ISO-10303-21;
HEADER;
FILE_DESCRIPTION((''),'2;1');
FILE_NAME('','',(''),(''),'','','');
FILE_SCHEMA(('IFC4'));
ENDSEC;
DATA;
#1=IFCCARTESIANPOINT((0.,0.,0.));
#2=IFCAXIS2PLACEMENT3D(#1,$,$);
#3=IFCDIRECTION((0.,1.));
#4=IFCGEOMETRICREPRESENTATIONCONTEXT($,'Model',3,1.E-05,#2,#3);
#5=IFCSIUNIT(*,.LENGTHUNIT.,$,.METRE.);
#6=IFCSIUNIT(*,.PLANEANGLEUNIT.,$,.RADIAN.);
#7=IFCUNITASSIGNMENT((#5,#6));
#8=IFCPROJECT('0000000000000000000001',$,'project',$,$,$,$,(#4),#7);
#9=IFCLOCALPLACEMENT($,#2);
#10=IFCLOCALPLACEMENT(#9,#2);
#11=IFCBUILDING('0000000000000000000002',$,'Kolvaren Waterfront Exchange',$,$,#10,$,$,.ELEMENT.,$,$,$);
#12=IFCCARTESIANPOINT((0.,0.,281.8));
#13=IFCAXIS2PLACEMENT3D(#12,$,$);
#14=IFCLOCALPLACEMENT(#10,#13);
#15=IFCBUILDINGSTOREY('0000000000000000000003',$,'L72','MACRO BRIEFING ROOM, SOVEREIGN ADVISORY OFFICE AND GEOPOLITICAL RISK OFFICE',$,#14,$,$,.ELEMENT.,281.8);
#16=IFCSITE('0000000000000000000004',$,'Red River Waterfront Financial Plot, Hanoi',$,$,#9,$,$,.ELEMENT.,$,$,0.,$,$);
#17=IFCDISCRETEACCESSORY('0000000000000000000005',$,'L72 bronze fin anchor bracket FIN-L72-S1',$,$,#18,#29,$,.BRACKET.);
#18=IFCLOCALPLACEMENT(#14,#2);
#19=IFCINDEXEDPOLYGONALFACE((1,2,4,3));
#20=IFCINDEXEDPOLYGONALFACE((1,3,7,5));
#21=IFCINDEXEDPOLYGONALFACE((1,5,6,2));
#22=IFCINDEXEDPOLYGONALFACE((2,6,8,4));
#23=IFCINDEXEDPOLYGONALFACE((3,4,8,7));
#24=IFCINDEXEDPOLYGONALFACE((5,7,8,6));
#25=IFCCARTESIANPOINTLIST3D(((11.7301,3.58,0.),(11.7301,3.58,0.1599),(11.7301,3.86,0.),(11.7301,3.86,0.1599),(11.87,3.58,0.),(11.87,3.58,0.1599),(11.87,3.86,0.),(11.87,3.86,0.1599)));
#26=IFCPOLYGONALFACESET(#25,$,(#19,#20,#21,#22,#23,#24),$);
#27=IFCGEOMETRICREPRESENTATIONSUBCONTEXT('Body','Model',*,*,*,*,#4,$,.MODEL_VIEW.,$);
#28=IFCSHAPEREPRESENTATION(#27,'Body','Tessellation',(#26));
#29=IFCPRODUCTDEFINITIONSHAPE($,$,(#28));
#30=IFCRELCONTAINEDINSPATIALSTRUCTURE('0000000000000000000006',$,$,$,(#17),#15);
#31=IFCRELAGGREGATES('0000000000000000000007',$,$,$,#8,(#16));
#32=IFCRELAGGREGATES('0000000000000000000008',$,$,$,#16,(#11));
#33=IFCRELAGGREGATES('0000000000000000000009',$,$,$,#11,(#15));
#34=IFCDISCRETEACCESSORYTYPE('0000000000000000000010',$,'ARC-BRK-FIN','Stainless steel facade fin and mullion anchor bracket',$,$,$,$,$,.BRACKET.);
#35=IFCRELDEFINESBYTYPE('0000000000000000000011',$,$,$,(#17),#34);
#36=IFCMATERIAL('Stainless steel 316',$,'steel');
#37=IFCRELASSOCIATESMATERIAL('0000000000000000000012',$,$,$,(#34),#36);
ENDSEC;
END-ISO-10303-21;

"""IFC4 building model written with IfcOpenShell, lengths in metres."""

from ifc_helpers import new_model, si_unit, direction, frame, origin, origin_with_axes, origin_2d, place, context, subcontext, project, spatial, rectangle, extrude, source, transform, mapped, material, type_object, element, save


model = new_model("IFC4")

# Units and contexts
model_context = context("Model", 3, precision=1e-05, world=origin(), true_north=direction((0.0, 1.0)))
body_context = subcontext(model_context, "Body", "Model", "MODEL_VIEW")
ifc_project = project(units=[si_unit("LENGTHUNIT", "METRE"), si_unit("PLANEANGLEUNIT", "RADIAN")], contexts=[model_context])

# Site, building, storey
site_placement = place(None, origin())
site = spatial("IfcSite", under=ifc_project, at=site_placement, Name="Red River Waterfront Financial Plot, Hanoi", CompositionType="ELEMENT", RefElevation=0.0)
building_placement = place(site_placement, origin())
building = spatial("IfcBuilding", under=site, at=building_placement, Name="Kolvaren Waterfront Exchange", CompositionType="ELEMENT")
storey_placement = place(building_placement, frame((0.0, 0.0, 281.8)))
storey = spatial("IfcBuildingStorey", under=building, at=storey_placement, Name="L72", Description="MACRO BRIEFING ROOM, SOVEREIGN ADVISORY OFFICE AND GEOPOLITICAL RISK OFFICE", CompositionType="ELEMENT", Elevation=281.8)

# Discrete accessory
ifc_material_1 = material(Name="Stainless steel 316", Category="steel")
discrete_accessory_type = type_object("IfcDiscreteAccessoryType", Name="ARC-BRK-FIN", Description="Stainless steel facade fin and mullion anchor bracket", PredefinedType="BRACKET", material=ifc_material_1)
shared_shape_1 = source(origin_with_axes(), body_context, "Body", "SweptSolid", [
    extrude(rectangle(XDim=0.28, YDim=0.1399, at=origin_2d()), origin(), (0.0, 0.0, 1.0), 0.1599),
])
discrete_accessory_placement = place(storey_placement, frame((11.8, 3.72, 0.0), z_axis=(0.0, 0.0, 1.0), x_axis=(0.0, -1.0, 0.0)))
element("IfcDiscreteAccessory", 1, at=discrete_accessory_placement, inside=storey, type_object=discrete_accessory_type, Name="L72 bronze fin anchor bracket FIN-L72-S1", PredefinedType="BRACKET", context=body_context, shape_type="MappedRepresentation", body=[
    mapped(shared_shape_1, transform((0.0, 0.0, 0.0), x_axis=(1.0, 0.0, 0.0), y_axis=(0.0, 1.0, 0.0), z_axis=(0.0, 0.0, 1.0), scale=1.0)),
])

save(model, "model.ifc")
